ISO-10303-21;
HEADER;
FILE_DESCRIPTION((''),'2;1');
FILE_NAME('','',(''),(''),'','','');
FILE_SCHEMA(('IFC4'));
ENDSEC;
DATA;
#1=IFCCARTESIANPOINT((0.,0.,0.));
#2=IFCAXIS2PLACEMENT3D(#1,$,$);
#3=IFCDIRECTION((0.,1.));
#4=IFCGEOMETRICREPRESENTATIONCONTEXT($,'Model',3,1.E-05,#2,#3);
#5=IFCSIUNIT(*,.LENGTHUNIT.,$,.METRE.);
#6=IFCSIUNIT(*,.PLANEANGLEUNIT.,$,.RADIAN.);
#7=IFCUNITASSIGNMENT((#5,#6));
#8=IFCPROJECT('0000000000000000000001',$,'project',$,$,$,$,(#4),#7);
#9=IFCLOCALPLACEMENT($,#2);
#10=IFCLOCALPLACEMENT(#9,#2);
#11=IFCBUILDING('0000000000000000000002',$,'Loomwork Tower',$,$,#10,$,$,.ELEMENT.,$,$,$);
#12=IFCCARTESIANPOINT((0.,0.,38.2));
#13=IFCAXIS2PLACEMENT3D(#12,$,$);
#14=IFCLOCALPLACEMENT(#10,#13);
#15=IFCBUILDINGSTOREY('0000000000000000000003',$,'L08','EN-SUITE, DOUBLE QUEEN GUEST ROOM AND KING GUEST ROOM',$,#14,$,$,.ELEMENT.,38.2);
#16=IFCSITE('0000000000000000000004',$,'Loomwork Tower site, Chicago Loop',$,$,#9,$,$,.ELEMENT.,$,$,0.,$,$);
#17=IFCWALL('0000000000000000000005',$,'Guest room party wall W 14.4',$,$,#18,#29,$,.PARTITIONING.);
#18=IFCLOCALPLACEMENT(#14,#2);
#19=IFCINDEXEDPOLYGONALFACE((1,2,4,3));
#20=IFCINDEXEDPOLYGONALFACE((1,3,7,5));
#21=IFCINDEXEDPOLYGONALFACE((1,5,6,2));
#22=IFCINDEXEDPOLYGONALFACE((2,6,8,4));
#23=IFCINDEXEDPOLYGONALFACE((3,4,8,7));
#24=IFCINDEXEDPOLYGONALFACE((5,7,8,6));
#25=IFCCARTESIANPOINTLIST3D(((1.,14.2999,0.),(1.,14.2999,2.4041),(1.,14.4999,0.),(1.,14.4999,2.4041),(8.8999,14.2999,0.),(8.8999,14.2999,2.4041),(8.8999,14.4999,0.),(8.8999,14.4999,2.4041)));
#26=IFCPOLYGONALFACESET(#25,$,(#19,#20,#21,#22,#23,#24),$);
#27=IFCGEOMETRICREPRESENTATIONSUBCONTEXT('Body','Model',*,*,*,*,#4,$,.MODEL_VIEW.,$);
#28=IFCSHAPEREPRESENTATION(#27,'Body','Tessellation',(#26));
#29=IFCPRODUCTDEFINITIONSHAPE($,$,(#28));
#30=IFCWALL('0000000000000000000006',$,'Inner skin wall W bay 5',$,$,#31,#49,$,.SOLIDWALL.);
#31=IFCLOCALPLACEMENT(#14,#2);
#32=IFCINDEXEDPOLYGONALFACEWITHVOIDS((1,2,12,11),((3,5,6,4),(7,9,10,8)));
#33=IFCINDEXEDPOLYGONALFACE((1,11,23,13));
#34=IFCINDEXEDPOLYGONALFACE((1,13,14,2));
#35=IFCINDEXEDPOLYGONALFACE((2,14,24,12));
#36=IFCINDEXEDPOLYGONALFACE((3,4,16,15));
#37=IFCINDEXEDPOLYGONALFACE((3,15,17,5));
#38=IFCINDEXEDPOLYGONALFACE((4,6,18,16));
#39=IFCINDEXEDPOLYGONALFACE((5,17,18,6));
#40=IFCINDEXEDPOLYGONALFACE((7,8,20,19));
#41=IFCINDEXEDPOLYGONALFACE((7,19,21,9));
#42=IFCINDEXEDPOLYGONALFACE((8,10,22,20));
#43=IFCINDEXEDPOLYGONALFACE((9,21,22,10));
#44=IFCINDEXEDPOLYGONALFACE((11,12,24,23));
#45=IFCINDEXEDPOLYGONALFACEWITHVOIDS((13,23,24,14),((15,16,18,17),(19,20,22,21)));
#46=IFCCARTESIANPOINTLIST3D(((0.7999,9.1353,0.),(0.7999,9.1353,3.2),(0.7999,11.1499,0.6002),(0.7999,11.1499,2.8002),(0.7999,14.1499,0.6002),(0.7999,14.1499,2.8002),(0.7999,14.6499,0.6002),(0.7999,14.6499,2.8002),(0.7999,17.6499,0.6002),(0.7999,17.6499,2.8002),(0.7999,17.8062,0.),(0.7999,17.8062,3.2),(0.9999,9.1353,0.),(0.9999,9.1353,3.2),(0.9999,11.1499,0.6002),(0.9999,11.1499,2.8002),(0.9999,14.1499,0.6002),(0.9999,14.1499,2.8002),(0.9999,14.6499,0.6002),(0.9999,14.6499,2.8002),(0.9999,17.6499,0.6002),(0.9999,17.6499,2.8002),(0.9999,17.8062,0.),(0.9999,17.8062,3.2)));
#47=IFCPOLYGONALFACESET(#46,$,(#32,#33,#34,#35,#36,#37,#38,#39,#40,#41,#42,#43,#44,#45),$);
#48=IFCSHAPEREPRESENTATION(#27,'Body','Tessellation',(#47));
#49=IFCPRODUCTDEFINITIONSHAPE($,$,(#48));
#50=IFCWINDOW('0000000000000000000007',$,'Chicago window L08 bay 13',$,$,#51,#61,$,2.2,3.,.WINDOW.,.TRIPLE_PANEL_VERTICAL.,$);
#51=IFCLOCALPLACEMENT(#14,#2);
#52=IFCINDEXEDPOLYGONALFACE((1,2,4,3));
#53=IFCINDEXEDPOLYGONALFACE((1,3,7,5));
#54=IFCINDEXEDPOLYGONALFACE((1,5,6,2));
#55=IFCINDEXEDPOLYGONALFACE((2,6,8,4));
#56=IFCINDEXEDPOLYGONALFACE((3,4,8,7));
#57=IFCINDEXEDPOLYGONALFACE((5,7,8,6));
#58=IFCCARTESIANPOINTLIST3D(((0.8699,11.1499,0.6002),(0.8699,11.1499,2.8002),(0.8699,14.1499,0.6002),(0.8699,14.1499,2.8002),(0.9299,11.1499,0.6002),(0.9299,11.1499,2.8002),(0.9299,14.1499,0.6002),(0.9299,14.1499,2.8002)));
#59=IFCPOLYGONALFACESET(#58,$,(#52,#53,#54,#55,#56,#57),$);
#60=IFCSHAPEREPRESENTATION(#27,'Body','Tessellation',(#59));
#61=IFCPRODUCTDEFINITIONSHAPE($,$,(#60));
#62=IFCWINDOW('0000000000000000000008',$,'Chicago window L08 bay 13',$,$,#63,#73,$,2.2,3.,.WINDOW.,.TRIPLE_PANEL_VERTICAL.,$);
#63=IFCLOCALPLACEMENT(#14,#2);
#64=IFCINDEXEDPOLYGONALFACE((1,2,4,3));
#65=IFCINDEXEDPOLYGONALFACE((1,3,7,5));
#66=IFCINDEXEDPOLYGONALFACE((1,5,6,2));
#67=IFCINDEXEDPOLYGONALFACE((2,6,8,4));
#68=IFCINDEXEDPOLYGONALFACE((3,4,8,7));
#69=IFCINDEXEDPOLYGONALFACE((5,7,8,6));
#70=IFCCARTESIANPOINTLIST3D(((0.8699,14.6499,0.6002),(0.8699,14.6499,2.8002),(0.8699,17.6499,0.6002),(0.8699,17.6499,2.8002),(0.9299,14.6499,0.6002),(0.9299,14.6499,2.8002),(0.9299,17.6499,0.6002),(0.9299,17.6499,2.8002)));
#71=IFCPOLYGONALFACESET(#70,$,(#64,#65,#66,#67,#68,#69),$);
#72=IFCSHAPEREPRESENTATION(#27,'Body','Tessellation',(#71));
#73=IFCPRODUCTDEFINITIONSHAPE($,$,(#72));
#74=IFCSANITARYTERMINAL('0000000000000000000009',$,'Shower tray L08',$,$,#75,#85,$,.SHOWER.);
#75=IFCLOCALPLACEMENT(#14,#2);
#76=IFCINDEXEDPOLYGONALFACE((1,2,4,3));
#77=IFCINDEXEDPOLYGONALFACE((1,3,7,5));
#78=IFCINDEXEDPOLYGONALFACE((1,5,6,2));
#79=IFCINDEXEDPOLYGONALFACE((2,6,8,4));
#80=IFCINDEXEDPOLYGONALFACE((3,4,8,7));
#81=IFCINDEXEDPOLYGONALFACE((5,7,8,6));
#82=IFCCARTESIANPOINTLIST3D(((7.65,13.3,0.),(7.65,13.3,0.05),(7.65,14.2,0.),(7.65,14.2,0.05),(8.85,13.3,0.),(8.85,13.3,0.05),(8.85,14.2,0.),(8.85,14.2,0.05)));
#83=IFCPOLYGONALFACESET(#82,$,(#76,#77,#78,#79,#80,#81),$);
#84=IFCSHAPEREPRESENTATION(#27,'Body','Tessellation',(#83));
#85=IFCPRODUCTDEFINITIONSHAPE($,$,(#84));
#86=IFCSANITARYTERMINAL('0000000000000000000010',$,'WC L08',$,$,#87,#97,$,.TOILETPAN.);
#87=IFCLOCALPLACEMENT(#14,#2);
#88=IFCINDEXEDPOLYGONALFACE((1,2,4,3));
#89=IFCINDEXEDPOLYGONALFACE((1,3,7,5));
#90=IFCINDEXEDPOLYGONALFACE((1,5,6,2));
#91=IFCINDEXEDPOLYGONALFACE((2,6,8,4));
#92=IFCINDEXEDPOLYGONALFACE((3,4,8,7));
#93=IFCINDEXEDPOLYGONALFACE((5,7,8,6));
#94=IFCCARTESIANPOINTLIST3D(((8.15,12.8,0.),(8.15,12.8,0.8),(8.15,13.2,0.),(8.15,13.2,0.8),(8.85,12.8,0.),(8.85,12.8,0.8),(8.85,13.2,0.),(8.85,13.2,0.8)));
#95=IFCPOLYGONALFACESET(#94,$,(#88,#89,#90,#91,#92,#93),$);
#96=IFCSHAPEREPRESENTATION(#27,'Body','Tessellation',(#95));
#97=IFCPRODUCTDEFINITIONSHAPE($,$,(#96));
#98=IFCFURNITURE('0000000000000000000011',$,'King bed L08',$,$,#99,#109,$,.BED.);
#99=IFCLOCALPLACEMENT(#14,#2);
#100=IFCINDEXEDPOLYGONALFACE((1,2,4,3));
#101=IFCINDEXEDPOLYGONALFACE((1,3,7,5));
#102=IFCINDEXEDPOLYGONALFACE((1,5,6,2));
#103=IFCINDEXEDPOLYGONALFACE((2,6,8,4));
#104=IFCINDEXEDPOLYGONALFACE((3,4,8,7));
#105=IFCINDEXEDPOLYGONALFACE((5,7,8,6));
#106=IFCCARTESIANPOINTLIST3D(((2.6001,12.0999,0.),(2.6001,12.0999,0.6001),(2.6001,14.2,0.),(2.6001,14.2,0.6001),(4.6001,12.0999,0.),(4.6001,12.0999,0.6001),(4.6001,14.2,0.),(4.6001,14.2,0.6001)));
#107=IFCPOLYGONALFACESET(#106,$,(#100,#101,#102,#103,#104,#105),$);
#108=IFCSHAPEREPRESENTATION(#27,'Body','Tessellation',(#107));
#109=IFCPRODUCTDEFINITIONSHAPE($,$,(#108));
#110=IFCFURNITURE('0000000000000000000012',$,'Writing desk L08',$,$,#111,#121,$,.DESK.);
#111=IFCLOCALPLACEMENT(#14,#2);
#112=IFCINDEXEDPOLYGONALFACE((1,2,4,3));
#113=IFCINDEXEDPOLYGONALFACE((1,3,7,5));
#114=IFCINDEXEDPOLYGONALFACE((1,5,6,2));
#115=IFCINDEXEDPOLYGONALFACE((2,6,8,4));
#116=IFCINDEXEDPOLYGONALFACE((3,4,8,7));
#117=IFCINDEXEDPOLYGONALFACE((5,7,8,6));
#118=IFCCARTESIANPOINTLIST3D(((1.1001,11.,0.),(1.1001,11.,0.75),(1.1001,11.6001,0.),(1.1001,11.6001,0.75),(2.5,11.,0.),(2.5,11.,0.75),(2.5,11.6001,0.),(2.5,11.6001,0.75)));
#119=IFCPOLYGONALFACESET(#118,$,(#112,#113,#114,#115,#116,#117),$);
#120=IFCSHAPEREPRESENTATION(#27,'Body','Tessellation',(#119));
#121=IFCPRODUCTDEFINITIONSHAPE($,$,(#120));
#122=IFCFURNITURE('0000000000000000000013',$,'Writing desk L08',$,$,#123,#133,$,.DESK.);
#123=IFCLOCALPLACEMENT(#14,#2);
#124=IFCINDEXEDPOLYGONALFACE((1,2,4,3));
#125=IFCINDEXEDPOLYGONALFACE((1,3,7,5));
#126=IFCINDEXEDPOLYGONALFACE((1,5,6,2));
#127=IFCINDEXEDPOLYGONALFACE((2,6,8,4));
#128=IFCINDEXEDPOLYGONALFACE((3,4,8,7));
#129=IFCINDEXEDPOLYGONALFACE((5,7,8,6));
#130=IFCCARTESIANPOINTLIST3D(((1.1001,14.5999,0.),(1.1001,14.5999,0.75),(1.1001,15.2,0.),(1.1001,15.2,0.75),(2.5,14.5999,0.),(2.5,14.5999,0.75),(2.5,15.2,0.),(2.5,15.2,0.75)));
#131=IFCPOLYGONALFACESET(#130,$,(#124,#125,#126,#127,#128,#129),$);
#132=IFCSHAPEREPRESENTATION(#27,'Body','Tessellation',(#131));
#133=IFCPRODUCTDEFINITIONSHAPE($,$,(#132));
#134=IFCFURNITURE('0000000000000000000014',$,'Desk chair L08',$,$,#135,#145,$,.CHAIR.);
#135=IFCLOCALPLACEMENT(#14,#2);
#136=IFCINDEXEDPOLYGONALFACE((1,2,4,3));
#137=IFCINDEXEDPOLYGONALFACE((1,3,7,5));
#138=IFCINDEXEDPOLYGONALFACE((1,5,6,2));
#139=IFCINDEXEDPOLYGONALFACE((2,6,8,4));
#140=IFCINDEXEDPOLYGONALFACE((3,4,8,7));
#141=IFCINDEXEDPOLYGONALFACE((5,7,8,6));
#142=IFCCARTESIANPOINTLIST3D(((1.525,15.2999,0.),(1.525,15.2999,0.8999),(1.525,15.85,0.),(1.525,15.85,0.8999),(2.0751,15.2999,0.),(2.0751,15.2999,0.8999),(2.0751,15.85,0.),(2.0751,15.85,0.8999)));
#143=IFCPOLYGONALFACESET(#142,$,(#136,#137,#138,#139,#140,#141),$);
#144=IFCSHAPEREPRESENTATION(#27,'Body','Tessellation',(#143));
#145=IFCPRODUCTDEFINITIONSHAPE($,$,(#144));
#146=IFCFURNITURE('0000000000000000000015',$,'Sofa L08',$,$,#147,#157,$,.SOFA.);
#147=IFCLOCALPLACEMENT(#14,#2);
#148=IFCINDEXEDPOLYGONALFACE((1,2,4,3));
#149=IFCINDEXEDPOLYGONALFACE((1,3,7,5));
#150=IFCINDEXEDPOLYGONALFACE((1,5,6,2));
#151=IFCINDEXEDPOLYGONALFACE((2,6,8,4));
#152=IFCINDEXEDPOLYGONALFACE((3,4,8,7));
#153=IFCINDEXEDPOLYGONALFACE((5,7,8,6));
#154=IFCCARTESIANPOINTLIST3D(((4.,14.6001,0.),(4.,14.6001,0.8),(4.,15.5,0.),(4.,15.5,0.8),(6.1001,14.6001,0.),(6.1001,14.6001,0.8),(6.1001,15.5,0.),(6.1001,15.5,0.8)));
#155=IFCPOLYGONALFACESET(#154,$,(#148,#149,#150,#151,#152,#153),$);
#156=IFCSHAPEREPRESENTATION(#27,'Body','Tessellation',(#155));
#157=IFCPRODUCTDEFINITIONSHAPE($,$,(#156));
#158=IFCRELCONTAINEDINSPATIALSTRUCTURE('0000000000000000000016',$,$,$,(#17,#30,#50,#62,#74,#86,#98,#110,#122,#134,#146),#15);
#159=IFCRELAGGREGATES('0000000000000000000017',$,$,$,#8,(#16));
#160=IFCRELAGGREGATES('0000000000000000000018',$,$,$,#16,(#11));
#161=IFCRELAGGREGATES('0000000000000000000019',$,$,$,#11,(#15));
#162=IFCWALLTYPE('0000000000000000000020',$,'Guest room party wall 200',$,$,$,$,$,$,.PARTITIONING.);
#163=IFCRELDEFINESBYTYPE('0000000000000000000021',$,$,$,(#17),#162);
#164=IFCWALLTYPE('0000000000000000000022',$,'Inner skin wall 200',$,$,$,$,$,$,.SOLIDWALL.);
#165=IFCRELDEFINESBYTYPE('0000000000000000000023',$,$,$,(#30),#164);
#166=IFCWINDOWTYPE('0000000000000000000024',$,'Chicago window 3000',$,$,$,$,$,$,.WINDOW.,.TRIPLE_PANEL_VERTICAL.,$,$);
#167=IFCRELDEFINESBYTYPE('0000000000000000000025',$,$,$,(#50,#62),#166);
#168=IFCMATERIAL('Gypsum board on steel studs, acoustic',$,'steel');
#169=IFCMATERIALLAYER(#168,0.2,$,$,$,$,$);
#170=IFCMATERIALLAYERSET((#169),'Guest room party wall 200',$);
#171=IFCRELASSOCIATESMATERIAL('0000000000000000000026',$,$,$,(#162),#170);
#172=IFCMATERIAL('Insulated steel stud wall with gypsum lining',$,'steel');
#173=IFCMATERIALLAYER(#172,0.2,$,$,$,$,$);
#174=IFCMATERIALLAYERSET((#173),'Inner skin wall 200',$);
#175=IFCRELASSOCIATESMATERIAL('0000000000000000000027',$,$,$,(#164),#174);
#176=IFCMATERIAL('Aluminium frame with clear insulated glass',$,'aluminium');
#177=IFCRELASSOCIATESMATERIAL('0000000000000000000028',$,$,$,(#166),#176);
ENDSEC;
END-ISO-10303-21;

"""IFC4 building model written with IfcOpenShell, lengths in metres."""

from ifc_helpers import new_model, si_unit, direction, frame, frame_2d, origin, origin_2d, place, context, subcontext, project, spatial, rectangle, extrude, material, layer, layer_set, type_object, element, fill, save


model = new_model("IFC4")

# Units and contexts
model_context = context("Model", 3, precision=1e-05, world=origin(), true_north=direction((0.0, 1.0)))
body_context = subcontext(model_context, "Body", "Model", "MODEL_VIEW")
ifc_project = project(units=[si_unit("LENGTHUNIT", "METRE"), si_unit("PLANEANGLEUNIT", "RADIAN")], contexts=[model_context])

# Site, building, storey
site_placement = place(None, origin())
site = spatial("IfcSite", under=ifc_project, at=site_placement, Name="Loomwork Tower site, Chicago Loop", CompositionType="ELEMENT", RefElevation=0.0)
building_placement = place(site_placement, origin())
building = spatial("IfcBuilding", under=site, at=building_placement, Name="Loomwork Tower", CompositionType="ELEMENT")
storey_placement = place(building_placement, frame((0.0, 0.0, 38.2)))
storey = spatial("IfcBuildingStorey", under=building, at=storey_placement, Name="L08", Description="EN-SUITE, DOUBLE QUEEN GUEST ROOM AND KING GUEST ROOM", CompositionType="ELEMENT", Elevation=38.2)

# Wall
ifc_material_1 = material(Name="Gypsum board on steel studs, acoustic", Category="steel")
ifc_layer_1 = layer(ifc_material_1, 0.2)
ifc_layer_set_1 = layer_set([ifc_layer_1], Name="Guest room party wall 200")
wall_type_1 = type_object("IfcWallType", Name="Guest room party wall 200", PredefinedType="PARTITIONING", material=ifc_layer_set_1)
wall_1_placement = place(storey_placement, frame((8.8999, 14.3999, 0.0), z_axis=(0.0, 0.0, 1.0), x_axis=(-1.0, 0.0, 0.0)))
element("IfcWall", 1, at=wall_1_placement, inside=storey, type_object=wall_type_1, Name="Guest room party wall W 14.4", PredefinedType="PARTITIONING", context=body_context, shape_type="SweptSolid", body=[
    extrude(rectangle(XDim=7.8999, YDim=0.2, at=frame_2d((3.95, 0.0))), origin(), (0.0, 0.0, 1.0), 2.4041),
])

# Wall, openings, windows
ifc_material_2 = material(Name="Insulated steel stud wall with gypsum lining", Category="steel")
ifc_layer_2 = layer(ifc_material_2, 0.2)
ifc_layer_set_2 = layer_set([ifc_layer_2], Name="Inner skin wall 200")
wall_type_2 = type_object("IfcWallType", Name="Inner skin wall 200", PredefinedType="SOLIDWALL", material=ifc_layer_set_2)
wall_2_placement = place(storey_placement, frame((0.8999, 9.1353, 0.0), z_axis=(0.0, 0.0, 1.0), x_axis=(0.0, 1.0, 0.0)))
wall_2 = element("IfcWall", 2, at=wall_2_placement, inside=storey, type_object=wall_type_2, Name="Inner skin wall W bay 5", PredefinedType="SOLIDWALL", context=body_context, shape_type="SweptSolid", body=[
    extrude(rectangle(XDim=8.6709, YDim=0.2, at=frame_2d((4.3354, 0.0))), origin(), (0.0, 0.0, 1.0), 3.2),
])
opening_1_placement = place(wall_2_placement, frame((2.0146, 0.0, 0.6001)))
opening_1 = element("IfcOpeningElement", 3, at=opening_1_placement, cuts=wall_2, PredefinedType="OPENING", context=body_context, shape_type="SweptSolid", body=[
    extrude(rectangle(XDim=3.0, YDim=2.2, at=frame_2d((1.5, 1.1001))), frame((0.0, 0.1099, 0.0), z_axis=(0.0, -1.0, 0.0), x_axis=(1.0, 0.0, 0.0)), (0.0, 0.0, 1.0), 0.22),
])
opening_2_placement = place(wall_2_placement, frame((5.5146, 0.0, 0.6001)))
opening_2 = element("IfcOpeningElement", 4, at=opening_2_placement, cuts=wall_2, PredefinedType="OPENING", context=body_context, shape_type="SweptSolid", body=[
    extrude(rectangle(XDim=3.0, YDim=2.2, at=frame_2d((1.5, 1.1001))), frame((0.0, 0.1099, 0.0), z_axis=(0.0, -1.0, 0.0), x_axis=(1.0, 0.0, 0.0)), (0.0, 0.0, 1.0), 0.22),
])
ifc_material_3 = material(Name="Aluminium frame with clear insulated glass", Category="aluminium")
window_type = type_object("IfcWindowType", Name="Chicago window 3000", PartitioningType="TRIPLE_PANEL_VERTICAL", PredefinedType="WINDOW", material=ifc_material_3)
window_1_placement = place(opening_1_placement, origin())
window_1 = element("IfcWindow", 5, at=window_1_placement, inside=storey, type_object=window_type, Name="Chicago window L08 bay 13", OverallHeight=2.2, OverallWidth=3.0, PartitioningType="TRIPLE_PANEL_VERTICAL", PredefinedType="WINDOW", context=body_context, shape_type="SweptSolid", body=[
    extrude(rectangle(XDim=3.0, YDim=2.2, at=frame_2d((1.5, 1.1001))), frame((0.0, 0.03, 0.0), z_axis=(0.0, -1.0, 0.0), x_axis=(1.0, 0.0, 0.0)), (0.0, 0.0, 1.0), 0.0601),
])
fill(opening_1, window_1)
window_2_placement = place(opening_2_placement, origin())
window_2 = element("IfcWindow", 6, at=window_2_placement, inside=storey, type_object=window_type, Name="Chicago window L08 bay 13", OverallHeight=2.2, OverallWidth=3.0, PartitioningType="TRIPLE_PANEL_VERTICAL", PredefinedType="WINDOW", context=body_context, shape_type="SweptSolid", body=[
    extrude(rectangle(XDim=3.0, YDim=2.2, at=frame_2d((1.5, 1.1001))), frame((0.0, 0.03, 0.0), z_axis=(0.0, -1.0, 0.0), x_axis=(1.0, 0.0, 0.0)), (0.0, 0.0, 1.0), 0.0601),
])
fill(opening_2, window_2)

# Sanitary terminals
sanitary_terminal_1_placement = place(storey_placement, frame((8.25, 13.75, 0.0), z_axis=(0.0, 0.0, 1.0), x_axis=(1.0, 0.0, 0.0)))
element("IfcSanitaryTerminal", 7, at=sanitary_terminal_1_placement, inside=storey, Name="Shower tray L08", PredefinedType="SHOWER", context=body_context, shape_type="SweptSolid", body=[
    extrude(rectangle(XDim=1.2, YDim=0.8999, at=origin_2d()), origin(), (0.0, 0.0, 1.0), 0.05),
])
sanitary_terminal_2_placement = place(storey_placement, frame((8.5, 13.0, 0.0), z_axis=(0.0, 0.0, 1.0), x_axis=(1.0, 0.0, 0.0)))
element("IfcSanitaryTerminal", 8, at=sanitary_terminal_2_placement, inside=storey, Name="WC L08", PredefinedType="TOILETPAN", context=body_context, shape_type="SweptSolid", body=[
    extrude(rectangle(XDim=0.7, YDim=0.3999, at=origin_2d()), origin(), (0.0, 0.0, 1.0), 0.8),
])

# Furniture
furniture_1_placement = place(storey_placement, frame((3.6001, 13.1499, 0.0), z_axis=(0.0, 0.0, 1.0), x_axis=(1.0, 0.0, 0.0)))
element("IfcFurniture", 9, at=furniture_1_placement, inside=storey, Name="King bed L08", PredefinedType="BED", context=body_context, shape_type="SweptSolid", body=[
    extrude(rectangle(XDim=2.0, YDim=2.1001, at=origin_2d()), origin(), (0.0, 0.0, 1.0), 0.6001),
])
for number, where, z_axis, x_axis, name in (
    (10, (1.8, 11.3, 0.0), (0.0, 0.0, 1.0), (1.0, 0.0, 0.0), "Writing desk L08"),
    (11, (1.8, 14.8999, 0.0), (0.0, 0.0, 1.0), (1.0, 0.0, 0.0), "Writing desk L08"),
):
    element("IfcFurniture", number, at=place(storey_placement, frame(where, z_axis=z_axis, x_axis=x_axis)), inside=storey, Name=name, PredefinedType="DESK", context=body_context, shape_type="SweptSolid", body=[
        extrude(rectangle(XDim=1.3999, YDim=0.6001, at=origin_2d()), origin(), (0.0, 0.0, 1.0), 0.75),
    ])
furniture_2_placement = place(storey_placement, frame((1.8, 15.575, 0.0), z_axis=(0.0, 0.0, 1.0), x_axis=(1.0, 0.0, 0.0)))
element("IfcFurniture", 12, at=furniture_2_placement, inside=storey, Name="Desk chair L08", PredefinedType="CHAIR", context=body_context, shape_type="SweptSolid", body=[
    extrude(rectangle(XDim=0.55, YDim=0.55, at=origin_2d()), origin(), (0.0, 0.0, 1.0), 0.8999),
])
furniture_3_placement = place(storey_placement, frame((5.05, 15.05, 0.0), z_axis=(0.0, 0.0, 1.0), x_axis=(1.0, 0.0, 0.0)))
element("IfcFurniture", 13, at=furniture_3_placement, inside=storey, Name="Sofa L08", PredefinedType="SOFA", context=body_context, shape_type="SweptSolid", body=[
    extrude(rectangle(XDim=2.1001, YDim=0.8999, at=origin_2d()), origin(), (0.0, 0.0, 1.0), 0.8),
])

save(model, "model.ifc")
